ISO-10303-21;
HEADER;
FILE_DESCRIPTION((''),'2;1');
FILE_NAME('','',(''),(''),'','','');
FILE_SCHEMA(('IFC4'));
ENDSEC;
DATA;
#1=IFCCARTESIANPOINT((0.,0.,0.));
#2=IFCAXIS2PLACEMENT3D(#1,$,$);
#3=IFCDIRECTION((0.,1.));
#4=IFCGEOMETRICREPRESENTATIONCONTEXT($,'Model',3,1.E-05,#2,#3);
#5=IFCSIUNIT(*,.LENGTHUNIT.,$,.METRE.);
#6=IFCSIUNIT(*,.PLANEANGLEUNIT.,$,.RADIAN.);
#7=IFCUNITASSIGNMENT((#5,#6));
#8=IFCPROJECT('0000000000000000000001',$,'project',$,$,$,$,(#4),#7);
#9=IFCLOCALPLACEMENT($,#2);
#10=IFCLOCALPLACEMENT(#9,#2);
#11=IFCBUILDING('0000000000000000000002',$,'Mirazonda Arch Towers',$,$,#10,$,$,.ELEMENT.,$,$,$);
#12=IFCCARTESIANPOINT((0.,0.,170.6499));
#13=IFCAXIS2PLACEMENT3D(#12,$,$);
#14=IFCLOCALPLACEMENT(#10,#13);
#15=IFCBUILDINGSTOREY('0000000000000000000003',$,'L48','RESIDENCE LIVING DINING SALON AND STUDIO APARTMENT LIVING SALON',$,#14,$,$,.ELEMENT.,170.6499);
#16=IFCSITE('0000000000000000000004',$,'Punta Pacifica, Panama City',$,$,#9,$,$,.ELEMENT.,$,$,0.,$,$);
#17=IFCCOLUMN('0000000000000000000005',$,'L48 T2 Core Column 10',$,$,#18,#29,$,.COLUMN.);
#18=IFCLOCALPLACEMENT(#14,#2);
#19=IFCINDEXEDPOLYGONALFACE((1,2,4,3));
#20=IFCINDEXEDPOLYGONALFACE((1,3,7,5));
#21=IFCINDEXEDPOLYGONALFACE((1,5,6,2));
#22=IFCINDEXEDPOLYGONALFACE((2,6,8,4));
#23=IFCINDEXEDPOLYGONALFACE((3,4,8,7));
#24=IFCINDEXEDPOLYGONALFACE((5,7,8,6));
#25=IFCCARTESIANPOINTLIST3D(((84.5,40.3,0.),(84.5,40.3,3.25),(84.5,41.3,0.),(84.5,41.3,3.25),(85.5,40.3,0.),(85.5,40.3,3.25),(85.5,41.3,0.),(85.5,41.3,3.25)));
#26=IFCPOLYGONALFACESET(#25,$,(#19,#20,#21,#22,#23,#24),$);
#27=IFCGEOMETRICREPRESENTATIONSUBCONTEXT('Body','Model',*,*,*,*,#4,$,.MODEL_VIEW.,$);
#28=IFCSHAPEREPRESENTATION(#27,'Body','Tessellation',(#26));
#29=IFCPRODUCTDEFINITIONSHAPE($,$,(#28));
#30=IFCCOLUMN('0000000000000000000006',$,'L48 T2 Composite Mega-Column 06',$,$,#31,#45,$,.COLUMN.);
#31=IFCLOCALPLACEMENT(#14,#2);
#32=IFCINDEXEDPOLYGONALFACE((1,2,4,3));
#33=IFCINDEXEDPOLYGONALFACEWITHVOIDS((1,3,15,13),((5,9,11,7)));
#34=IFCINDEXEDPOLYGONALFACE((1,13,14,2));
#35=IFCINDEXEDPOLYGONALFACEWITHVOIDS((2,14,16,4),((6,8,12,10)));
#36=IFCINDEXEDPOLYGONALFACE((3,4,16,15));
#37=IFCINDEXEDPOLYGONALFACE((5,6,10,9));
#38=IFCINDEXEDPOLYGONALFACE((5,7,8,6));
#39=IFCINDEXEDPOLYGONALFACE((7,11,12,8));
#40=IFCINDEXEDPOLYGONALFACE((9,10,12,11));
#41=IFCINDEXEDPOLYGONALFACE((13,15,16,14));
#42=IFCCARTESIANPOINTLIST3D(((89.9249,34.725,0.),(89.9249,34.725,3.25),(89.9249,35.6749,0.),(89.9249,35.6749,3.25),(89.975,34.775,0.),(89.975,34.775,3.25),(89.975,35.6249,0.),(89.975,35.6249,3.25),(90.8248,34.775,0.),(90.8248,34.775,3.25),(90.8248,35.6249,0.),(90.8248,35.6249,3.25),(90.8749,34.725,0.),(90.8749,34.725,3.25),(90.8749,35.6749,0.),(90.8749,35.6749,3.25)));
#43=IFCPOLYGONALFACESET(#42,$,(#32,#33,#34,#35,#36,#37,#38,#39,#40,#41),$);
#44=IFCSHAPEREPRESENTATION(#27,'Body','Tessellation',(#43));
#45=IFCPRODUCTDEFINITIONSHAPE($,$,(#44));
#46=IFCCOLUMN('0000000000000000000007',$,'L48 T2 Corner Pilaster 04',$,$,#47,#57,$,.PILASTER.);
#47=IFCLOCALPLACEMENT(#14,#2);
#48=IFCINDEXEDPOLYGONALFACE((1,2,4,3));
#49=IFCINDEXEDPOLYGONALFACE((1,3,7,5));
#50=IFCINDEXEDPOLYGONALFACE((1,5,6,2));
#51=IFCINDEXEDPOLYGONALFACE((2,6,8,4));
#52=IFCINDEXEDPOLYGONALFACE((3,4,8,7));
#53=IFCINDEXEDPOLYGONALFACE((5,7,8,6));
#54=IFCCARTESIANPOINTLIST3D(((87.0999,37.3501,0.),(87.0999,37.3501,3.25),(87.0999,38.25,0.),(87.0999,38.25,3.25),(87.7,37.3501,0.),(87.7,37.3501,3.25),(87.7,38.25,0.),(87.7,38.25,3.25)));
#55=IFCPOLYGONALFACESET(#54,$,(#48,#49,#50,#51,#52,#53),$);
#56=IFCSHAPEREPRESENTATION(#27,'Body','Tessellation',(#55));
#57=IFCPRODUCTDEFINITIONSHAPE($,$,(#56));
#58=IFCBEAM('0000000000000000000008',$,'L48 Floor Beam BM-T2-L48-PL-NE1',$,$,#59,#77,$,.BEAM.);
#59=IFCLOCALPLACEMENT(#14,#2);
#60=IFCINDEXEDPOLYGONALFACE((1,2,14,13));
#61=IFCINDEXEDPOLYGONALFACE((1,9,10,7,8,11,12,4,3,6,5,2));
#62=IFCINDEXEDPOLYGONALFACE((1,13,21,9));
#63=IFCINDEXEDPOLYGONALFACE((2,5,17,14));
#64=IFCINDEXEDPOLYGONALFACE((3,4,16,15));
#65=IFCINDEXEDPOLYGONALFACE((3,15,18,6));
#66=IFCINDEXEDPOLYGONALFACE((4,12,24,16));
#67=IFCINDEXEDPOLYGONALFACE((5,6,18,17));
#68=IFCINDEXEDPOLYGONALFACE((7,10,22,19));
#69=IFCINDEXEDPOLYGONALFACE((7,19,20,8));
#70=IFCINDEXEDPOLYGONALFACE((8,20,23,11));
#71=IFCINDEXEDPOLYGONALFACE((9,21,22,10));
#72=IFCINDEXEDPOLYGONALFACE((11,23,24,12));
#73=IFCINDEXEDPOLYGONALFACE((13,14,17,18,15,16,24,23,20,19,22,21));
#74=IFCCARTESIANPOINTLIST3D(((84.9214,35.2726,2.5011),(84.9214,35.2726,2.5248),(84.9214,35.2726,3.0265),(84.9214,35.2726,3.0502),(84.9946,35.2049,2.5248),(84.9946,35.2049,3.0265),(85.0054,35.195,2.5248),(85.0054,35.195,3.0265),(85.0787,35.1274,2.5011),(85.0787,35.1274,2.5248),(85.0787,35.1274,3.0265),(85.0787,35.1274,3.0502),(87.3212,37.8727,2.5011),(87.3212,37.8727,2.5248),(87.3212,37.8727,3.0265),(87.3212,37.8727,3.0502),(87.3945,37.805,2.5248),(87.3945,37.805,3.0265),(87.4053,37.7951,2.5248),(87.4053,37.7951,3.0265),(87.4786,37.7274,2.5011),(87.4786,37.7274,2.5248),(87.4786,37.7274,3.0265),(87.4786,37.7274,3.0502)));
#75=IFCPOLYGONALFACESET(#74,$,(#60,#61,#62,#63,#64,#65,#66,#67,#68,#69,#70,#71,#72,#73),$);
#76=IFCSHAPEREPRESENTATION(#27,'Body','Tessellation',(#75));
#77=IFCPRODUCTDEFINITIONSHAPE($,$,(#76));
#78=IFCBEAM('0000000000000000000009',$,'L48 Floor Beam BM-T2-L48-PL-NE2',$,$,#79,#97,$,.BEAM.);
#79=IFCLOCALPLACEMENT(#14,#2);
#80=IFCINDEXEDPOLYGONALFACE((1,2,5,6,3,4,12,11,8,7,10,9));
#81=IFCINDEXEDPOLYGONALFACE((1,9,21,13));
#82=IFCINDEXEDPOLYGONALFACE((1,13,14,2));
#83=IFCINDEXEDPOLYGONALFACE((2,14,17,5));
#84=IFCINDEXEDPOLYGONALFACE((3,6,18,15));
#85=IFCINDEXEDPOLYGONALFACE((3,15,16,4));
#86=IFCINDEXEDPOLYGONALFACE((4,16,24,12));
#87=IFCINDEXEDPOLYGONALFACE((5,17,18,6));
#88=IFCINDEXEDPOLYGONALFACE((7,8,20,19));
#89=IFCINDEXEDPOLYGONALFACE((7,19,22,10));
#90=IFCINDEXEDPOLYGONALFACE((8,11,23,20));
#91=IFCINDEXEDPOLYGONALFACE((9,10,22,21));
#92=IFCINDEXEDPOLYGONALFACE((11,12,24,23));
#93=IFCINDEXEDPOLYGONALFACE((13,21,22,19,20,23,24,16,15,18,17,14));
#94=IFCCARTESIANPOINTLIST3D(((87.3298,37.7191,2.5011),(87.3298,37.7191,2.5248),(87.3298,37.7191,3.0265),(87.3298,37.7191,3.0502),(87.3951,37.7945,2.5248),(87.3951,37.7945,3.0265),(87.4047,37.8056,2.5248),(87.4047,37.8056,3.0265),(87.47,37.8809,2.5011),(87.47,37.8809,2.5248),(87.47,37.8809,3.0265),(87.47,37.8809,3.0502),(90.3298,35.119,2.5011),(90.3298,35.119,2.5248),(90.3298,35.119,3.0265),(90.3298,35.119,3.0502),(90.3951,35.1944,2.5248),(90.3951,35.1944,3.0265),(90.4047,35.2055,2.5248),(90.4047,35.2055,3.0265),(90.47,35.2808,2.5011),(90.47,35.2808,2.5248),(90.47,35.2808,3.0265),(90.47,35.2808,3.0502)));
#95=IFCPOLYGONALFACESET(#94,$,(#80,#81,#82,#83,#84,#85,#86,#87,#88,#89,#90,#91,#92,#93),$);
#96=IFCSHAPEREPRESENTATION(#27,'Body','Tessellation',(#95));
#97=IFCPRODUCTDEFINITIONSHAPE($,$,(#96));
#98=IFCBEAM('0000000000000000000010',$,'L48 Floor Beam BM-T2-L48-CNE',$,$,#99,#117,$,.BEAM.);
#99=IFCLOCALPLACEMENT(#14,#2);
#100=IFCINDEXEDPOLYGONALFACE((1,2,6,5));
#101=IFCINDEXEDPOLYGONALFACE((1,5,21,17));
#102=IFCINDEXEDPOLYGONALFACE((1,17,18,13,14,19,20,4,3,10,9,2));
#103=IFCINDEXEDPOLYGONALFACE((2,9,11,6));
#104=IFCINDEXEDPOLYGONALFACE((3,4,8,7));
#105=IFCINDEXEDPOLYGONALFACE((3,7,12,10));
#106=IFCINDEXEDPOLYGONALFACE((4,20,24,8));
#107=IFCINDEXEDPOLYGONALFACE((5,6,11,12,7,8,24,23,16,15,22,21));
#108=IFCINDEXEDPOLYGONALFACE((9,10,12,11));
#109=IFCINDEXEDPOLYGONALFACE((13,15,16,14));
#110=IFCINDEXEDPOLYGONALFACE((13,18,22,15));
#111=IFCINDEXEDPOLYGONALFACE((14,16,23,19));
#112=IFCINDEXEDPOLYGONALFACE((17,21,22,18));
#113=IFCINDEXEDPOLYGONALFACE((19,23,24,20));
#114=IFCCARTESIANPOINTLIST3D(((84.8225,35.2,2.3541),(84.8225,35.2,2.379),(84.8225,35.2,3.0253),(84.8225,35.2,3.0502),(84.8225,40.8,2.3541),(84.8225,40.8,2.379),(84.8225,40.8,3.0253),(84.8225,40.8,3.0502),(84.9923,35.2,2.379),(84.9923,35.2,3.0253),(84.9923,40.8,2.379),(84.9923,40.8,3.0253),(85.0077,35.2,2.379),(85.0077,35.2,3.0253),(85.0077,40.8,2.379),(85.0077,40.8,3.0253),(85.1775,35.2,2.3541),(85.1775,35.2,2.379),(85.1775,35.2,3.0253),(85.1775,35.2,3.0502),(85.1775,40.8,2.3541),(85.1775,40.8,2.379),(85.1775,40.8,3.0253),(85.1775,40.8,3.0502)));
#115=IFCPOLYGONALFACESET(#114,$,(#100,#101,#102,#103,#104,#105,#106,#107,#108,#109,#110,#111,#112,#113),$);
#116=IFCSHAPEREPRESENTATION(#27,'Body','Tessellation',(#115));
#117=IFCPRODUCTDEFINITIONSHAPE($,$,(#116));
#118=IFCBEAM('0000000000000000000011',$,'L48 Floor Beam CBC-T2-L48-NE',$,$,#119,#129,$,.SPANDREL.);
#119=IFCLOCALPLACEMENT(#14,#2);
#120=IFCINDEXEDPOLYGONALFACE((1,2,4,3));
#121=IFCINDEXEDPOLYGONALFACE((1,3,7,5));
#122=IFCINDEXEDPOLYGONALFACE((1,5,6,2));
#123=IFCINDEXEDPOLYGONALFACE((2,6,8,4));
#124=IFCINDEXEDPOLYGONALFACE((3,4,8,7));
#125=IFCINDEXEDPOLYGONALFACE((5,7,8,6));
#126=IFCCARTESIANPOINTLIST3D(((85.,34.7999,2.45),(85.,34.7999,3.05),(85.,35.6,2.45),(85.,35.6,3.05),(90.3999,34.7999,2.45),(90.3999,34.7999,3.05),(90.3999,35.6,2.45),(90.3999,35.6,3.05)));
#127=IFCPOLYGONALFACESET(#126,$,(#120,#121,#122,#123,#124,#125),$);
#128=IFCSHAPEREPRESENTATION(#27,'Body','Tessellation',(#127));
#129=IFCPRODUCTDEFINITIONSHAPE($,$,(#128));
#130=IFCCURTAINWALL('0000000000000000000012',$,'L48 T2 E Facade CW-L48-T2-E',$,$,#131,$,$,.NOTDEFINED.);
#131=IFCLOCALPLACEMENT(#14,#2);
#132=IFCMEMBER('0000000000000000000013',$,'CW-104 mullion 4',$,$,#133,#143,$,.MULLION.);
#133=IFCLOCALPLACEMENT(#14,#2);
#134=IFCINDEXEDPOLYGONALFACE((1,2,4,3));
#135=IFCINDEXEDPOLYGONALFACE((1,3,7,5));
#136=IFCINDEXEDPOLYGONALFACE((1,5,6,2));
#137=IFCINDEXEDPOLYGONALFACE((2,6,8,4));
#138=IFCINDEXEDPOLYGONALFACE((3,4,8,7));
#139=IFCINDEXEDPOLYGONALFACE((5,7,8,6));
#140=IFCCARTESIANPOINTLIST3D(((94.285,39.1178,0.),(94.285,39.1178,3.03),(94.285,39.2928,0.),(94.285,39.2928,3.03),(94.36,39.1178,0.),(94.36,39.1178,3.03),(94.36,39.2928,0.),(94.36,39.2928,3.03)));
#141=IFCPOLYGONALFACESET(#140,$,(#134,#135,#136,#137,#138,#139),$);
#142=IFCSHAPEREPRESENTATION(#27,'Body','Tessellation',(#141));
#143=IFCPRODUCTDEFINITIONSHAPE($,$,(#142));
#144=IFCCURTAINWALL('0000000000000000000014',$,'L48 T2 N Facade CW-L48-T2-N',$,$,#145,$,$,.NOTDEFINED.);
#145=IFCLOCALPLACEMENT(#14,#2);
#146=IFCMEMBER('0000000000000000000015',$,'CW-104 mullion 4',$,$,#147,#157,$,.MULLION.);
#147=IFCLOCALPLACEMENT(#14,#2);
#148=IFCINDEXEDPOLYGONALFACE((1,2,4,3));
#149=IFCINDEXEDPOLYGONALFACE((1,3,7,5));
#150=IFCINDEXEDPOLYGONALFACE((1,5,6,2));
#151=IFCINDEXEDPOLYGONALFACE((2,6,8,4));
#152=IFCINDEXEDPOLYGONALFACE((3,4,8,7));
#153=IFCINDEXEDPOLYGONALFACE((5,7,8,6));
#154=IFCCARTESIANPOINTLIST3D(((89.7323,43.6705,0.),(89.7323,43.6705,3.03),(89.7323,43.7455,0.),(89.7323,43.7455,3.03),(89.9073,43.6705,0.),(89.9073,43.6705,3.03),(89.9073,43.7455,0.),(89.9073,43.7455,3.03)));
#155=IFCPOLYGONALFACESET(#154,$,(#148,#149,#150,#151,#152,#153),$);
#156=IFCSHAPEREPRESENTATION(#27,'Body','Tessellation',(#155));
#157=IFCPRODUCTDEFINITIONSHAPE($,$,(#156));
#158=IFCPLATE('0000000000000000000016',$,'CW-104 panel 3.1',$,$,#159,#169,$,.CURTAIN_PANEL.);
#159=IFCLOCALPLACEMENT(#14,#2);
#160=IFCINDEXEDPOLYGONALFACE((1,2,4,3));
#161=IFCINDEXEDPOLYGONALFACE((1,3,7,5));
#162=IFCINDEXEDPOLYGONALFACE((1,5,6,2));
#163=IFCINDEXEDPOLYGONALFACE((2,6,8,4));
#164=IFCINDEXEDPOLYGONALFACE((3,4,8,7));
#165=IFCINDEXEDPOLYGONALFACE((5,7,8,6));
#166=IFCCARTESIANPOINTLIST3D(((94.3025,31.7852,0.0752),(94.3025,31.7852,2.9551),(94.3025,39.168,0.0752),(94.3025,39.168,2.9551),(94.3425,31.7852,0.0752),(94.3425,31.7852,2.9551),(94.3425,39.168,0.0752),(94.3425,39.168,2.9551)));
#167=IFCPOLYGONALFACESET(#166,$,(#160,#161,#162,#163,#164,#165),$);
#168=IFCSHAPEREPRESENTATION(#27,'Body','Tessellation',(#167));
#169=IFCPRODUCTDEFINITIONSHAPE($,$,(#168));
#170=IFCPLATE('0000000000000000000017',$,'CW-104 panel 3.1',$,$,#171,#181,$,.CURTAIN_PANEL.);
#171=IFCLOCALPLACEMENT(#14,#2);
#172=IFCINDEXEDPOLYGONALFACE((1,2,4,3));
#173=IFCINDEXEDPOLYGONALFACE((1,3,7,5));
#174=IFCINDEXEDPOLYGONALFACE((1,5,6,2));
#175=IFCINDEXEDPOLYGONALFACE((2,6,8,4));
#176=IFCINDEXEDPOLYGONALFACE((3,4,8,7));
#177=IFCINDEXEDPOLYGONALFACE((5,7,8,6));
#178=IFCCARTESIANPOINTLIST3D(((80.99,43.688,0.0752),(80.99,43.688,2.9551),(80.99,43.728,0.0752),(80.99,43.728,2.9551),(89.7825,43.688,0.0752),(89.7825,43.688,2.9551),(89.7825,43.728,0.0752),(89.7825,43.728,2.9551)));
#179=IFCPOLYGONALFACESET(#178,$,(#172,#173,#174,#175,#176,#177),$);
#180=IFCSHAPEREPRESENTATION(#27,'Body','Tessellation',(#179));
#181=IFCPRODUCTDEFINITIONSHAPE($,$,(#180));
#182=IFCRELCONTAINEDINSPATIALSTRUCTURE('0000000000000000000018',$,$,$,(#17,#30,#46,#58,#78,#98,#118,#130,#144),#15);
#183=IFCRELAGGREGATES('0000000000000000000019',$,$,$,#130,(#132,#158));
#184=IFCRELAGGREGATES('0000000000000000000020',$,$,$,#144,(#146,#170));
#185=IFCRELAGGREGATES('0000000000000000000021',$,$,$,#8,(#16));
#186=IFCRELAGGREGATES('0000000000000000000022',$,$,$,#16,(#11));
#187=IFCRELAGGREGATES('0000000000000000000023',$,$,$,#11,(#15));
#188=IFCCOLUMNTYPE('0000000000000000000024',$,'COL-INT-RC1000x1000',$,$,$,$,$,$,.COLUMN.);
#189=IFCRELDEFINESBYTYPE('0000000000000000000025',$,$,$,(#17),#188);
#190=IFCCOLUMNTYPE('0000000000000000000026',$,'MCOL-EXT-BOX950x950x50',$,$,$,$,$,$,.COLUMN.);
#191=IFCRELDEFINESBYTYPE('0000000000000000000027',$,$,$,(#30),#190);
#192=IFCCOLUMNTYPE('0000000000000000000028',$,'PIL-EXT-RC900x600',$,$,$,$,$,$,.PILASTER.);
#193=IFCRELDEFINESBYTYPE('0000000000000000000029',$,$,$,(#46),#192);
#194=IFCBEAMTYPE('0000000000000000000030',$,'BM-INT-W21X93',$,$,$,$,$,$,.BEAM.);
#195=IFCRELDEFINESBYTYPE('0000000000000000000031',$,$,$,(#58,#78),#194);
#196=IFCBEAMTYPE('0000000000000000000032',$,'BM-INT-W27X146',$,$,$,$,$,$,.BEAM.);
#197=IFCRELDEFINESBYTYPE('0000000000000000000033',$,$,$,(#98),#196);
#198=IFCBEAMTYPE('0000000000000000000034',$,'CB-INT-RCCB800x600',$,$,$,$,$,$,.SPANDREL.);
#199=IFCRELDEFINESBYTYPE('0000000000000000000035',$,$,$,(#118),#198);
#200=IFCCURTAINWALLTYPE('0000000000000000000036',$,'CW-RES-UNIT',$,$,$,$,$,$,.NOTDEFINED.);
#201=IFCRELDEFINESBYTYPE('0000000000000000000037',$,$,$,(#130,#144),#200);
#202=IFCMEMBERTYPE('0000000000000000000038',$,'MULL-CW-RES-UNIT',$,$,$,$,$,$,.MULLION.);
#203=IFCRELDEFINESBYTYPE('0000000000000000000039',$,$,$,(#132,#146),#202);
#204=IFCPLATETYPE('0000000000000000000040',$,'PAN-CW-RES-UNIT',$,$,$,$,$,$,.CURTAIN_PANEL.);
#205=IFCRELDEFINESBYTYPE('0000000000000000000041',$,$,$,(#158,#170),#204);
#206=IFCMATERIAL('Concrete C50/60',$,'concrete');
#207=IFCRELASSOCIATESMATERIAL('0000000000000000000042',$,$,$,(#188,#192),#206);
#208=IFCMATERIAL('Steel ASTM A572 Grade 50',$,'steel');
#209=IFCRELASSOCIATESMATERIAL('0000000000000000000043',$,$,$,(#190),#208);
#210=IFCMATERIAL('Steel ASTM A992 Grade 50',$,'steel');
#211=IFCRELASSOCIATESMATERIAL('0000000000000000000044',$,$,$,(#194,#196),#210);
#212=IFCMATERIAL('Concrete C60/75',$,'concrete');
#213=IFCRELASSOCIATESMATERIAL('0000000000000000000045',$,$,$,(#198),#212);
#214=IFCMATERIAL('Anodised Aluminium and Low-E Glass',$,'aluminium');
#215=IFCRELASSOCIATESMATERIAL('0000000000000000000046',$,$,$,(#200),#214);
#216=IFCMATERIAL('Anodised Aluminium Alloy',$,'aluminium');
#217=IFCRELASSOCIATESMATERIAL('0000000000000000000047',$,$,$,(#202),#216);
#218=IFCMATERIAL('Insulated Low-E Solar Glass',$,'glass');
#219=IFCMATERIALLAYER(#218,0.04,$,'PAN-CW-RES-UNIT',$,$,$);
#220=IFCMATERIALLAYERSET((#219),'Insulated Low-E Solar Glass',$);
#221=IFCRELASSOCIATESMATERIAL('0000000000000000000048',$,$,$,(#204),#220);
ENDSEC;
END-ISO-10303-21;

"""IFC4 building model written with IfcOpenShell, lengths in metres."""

from ifc_helpers import new_model, si_unit, direction, frame, origin, origin_2d, place, context, subcontext, project, spatial, rectangle, hollow_rectangle, i_section, extrude, material, layer, layer_set, material_profile, profile_set, type_object, element, aggregate, save


model = new_model("IFC4")

# Units and contexts
model_context = context("Model", 3, precision=1e-05, world=origin(), true_north=direction((0.0, 1.0)))
body_context = subcontext(model_context, "Body", "Model", "MODEL_VIEW")
ifc_project = project(units=[si_unit("LENGTHUNIT", "METRE"), si_unit("PLANEANGLEUNIT", "RADIAN")], contexts=[model_context])

# Site, building, storey
site_placement = place(None, origin())
site = spatial("IfcSite", under=ifc_project, at=site_placement, Name="Punta Pacifica, Panama City", CompositionType="ELEMENT", RefElevation=0.0)
building_placement = place(site_placement, origin())
building = spatial("IfcBuilding", under=site, at=building_placement, Name="Mirazonda Arch Towers", CompositionType="ELEMENT")
storey_placement = place(building_placement, frame((0.0, 0.0, 170.6499)))
storey = spatial("IfcBuildingStorey", under=building, at=storey_placement, Name="L48", Description="RESIDENCE LIVING DINING SALON AND STUDIO APARTMENT LIVING SALON", CompositionType="ELEMENT", Elevation=170.6499)

# Columns
ifc_material_1 = material(Name="Concrete C50/60", Category="concrete")
ifc_material_profile_1 = material_profile(ifc_material_1, rectangle(XDim=1.0, YDim=1.0, at=origin_2d()), Name="RC1000x1000")
ifc_profile_set_1 = profile_set([ifc_material_profile_1], Name="Concrete C50/60")
column_type_1 = type_object("IfcColumnType", Name="COL-INT-RC1000x1000", PredefinedType="COLUMN", material=ifc_profile_set_1)
column_1_placement = place(storey_placement, frame((85.0, 40.8, 0.0), z_axis=(0.0, 0.0, 1.0), x_axis=(1.0, 0.0, 0.0)))
element("IfcColumn", 1, at=column_1_placement, inside=storey, type_object=column_type_1, Name="L48 T2 Core Column 10", PredefinedType="COLUMN", context=body_context, shape_type="SweptSolid", body=[
    extrude(rectangle(XDim=1.0, YDim=1.0, at=origin_2d()), origin(), (0.0, 0.0, 1.0), 3.25),
])
ifc_material_2 = material(Name="Steel ASTM A572 Grade 50", Category="steel")
ifc_material_profile_2 = material_profile(ifc_material_2, hollow_rectangle(XDim=0.95, YDim=0.95, WallThickness=0.05, at=origin_2d()), Name="BOX950x950x50")
ifc_profile_set_2 = profile_set([ifc_material_profile_2], Name="Steel ASTM A572 Grade 50")
column_type_2 = type_object("IfcColumnType", Name="MCOL-EXT-BOX950x950x50", PredefinedType="COLUMN", material=ifc_profile_set_2)
column_2_placement = place(storey_placement, frame((90.3999, 35.2, 0.0), z_axis=(0.0, 0.0, 1.0), x_axis=(1.0, 0.0, 0.0)))
element("IfcColumn", 2, at=column_2_placement, inside=storey, type_object=column_type_2, Name="L48 T2 Composite Mega-Column 06", PredefinedType="COLUMN", context=body_context, shape_type="SweptSolid", body=[
    extrude(hollow_rectangle(XDim=0.95, YDim=0.95, WallThickness=0.05, at=origin_2d()), origin(), (0.0, 0.0, 1.0), 3.25),
])
ifc_material_profile_3 = material_profile(ifc_material_1, rectangle(XDim=0.6001, YDim=0.8999, at=origin_2d()), Name="RC900x600")
ifc_profile_set_3 = profile_set([ifc_material_profile_3], Name="Concrete C50/60")
column_type_3 = type_object("IfcColumnType", Name="PIL-EXT-RC900x600", PredefinedType="PILASTER", material=ifc_profile_set_3)
column_3_placement = place(storey_placement, frame((87.3999, 37.8, 0.0), z_axis=(0.0, 0.0, 1.0), x_axis=(1.0, 0.0, 0.0)))
element("IfcColumn", 3, at=column_3_placement, inside=storey, type_object=column_type_3, Name="L48 T2 Corner Pilaster 04", PredefinedType="PILASTER", context=body_context, shape_type="SweptSolid", body=[
    extrude(rectangle(XDim=0.6001, YDim=0.8999, at=origin_2d()), origin(), (0.0, 0.0, 1.0), 3.25),
])

# Beams
ifc_material_3 = material(Name="Steel ASTM A992 Grade 50", Category="steel")
ifc_material_profile_4 = material_profile(ifc_material_3, i_section(OverallWidth=0.2141, OverallDepth=0.5491, WebThickness=0.0146, FlangeThickness=0.0237, at=origin_2d()), Name="W21X93")
ifc_profile_set_4 = profile_set([ifc_material_profile_4], Name="Steel ASTM A992 Grade 50")
beam_type_1 = type_object("IfcBeamType", Name="BM-INT-W21X93", PredefinedType="BEAM", material=ifc_profile_set_4)
beam_1_placement = place(storey_placement, frame((87.3999, 37.8, 2.7756), z_axis=(-0.678251, -0.73483, 0.0), x_axis=(0.73483, -0.678251, 0.0)))
element("IfcBeam", 4, at=beam_1_placement, inside=storey, type_object=beam_type_1, Name="L48 Floor Beam BM-T2-L48-PL-NE1", PredefinedType="BEAM", context=body_context, shape_type="SweptSolid", body=[
    extrude(i_section(OverallWidth=0.2141, OverallDepth=0.5491, WebThickness=0.0146, FlangeThickness=0.0237, at=origin_2d()), origin(), (0.0, 0.0, 1.0), 3.5383),
])
beam_2_placement = place(storey_placement, frame((87.3999, 37.8, 2.7756), z_axis=(0.755677, -0.654945, 0.0), x_axis=(0.654945, 0.755677, 0.0)))
element("IfcBeam", 5, at=beam_2_placement, inside=storey, type_object=beam_type_1, Name="L48 Floor Beam BM-T2-L48-PL-NE2", PredefinedType="BEAM", context=body_context, shape_type="SweptSolid", body=[
    extrude(i_section(OverallWidth=0.2141, OverallDepth=0.5491, WebThickness=0.0146, FlangeThickness=0.0237, at=origin_2d()), origin(), (0.0, 0.0, 1.0), 3.97),
])
ifc_material_profile_5 = material_profile(ifc_material_3, i_section(OverallWidth=0.355, OverallDepth=0.696, WebThickness=0.0154, FlangeThickness=0.0249, at=origin_2d()), Name="W27X146")
ifc_profile_set_5 = profile_set([ifc_material_profile_5], Name="Steel ASTM A992 Grade 50")
beam_type_2 = type_object("IfcBeamType", Name="BM-INT-W27X146", PredefinedType="BEAM", material=ifc_profile_set_5)
beam_3_placement = place(storey_placement, frame((85.0, 35.2, 2.7021), z_axis=(0.0, 1.0, 0.0), x_axis=(-1.0, 0.0, 0.0)))
element("IfcBeam", 6, at=beam_3_placement, inside=storey, type_object=beam_type_2, Name="L48 Floor Beam BM-T2-L48-CNE", PredefinedType="BEAM", context=body_context, shape_type="SweptSolid", body=[
    extrude(i_section(OverallWidth=0.355, OverallDepth=0.696, WebThickness=0.0154, FlangeThickness=0.0249, at=origin_2d()), origin(), (0.0, 0.0, 1.0), 5.6001),
])
ifc_material_4 = material(Name="Concrete C60/75", Category="concrete")
ifc_material_profile_6 = material_profile(ifc_material_4, rectangle(XDim=0.8, YDim=0.6001, at=origin_2d()), Name="RCCB800x600")
ifc_profile_set_6 = profile_set([ifc_material_profile_6], Name="Concrete C60/75")
beam_type_3 = type_object("IfcBeamType", Name="CB-INT-RCCB800x600", PredefinedType="SPANDREL", material=ifc_profile_set_6)
beam_4_placement = place(storey_placement, frame((85.0, 35.2, 2.75), z_axis=(1.0, 0.0, 0.0), x_axis=(0.0, 1.0, 0.0)))
element("IfcBeam", 7, at=beam_4_placement, inside=storey, type_object=beam_type_3, Name="L48 Floor Beam CBC-T2-L48-NE", PredefinedType="SPANDREL", context=body_context, shape_type="SweptSolid", body=[
    extrude(rectangle(XDim=0.8, YDim=0.6001, at=origin_2d()), origin(), (0.0, 0.0, 1.0), 5.3999),
])

# Curtain walls, members
ifc_material_5 = material(Name="Anodised Aluminium and Low-E Glass", Category="aluminium")
curtain_wall_type = type_object("IfcCurtainWallType", Name="CW-RES-UNIT", PredefinedType="NOTDEFINED", material=ifc_material_5)
curtain_wall_1_placement = place(storey_placement, origin())
curtain_wall_1 = element("IfcCurtainWall", 8, at=curtain_wall_1_placement, inside=storey, type_object=curtain_wall_type, Name="L48 T2 E Facade CW-L48-T2-E", PredefinedType="NOTDEFINED")
ifc_material_6 = material(Name="Anodised Aluminium Alloy", Category="aluminium")
ifc_material_profile_7 = material_profile(ifc_material_6, rectangle(XDim=0.075, YDim=0.175, at=origin_2d()), Name="ALU-MULL-75x175")
ifc_profile_set_7 = profile_set([ifc_material_profile_7], Name="Anodised Aluminium Alloy")
member_type = type_object("IfcMemberType", Name="MULL-CW-RES-UNIT", PredefinedType="MULLION", material=ifc_profile_set_7)
member_1_placement = place(storey_placement, frame((94.3225, 39.2053, 0.0), z_axis=(0.0, 0.0, 1.0), x_axis=(-1.0, 0.0, 0.0)))
member_1 = element("IfcMember", 9, at=member_1_placement, type_object=member_type, Name="CW-104 mullion 4", PredefinedType="MULLION", context=body_context, shape_type="SweptSolid", body=[
    extrude(rectangle(XDim=0.075, YDim=0.175, at=origin_2d()), origin(), (0.0, 0.0, 1.0), 3.03),
])
curtain_wall_2_placement = place(storey_placement, origin())
curtain_wall_2 = element("IfcCurtainWall", 10, at=curtain_wall_2_placement, inside=storey, type_object=curtain_wall_type, Name="L48 T2 N Facade CW-L48-T2-N", PredefinedType="NOTDEFINED")
member_2_placement = place(storey_placement, frame((89.8198, 43.708, 0.0), z_axis=(0.0, 0.0, 1.0), x_axis=(0.0, 1.0, 0.0)))
member_2 = element("IfcMember", 11, at=member_2_placement, type_object=member_type, Name="CW-104 mullion 4", PredefinedType="MULLION", context=body_context, shape_type="SweptSolid", body=[
    extrude(rectangle(XDim=0.075, YDim=0.175, at=origin_2d()), origin(), (0.0, 0.0, 1.0), 3.03),
])

# Plates
ifc_material_7 = material(Name="Insulated Low-E Solar Glass", Category="glass")
ifc_layer_1 = layer(ifc_material_7, 0.04, Name="PAN-CW-RES-UNIT")
ifc_layer_set_1 = layer_set([ifc_layer_1], Name="Insulated Low-E Solar Glass")
plate_type = type_object("IfcPlateType", Name="PAN-CW-RES-UNIT", PredefinedType="CURTAIN_PANEL", material=ifc_layer_set_1)
plate_1_placement = place(storey_placement, frame((94.3225, 35.4766, 0.0752), z_axis=(0.0, 0.0, 1.0), x_axis=(0.0, 1.0, 0.0)))
plate_1 = element("IfcPlate", 12, at=plate_1_placement, type_object=plate_type, Name="CW-104 panel 3.1", PredefinedType="CURTAIN_PANEL", context=body_context, shape_type="SweptSolid", body=[
    extrude(rectangle(XDim=7.3828, YDim=0.04, at=origin_2d()), origin(), (0.0, 0.0, 1.0), 2.8799),
])
aggregate(curtain_wall_1, [member_1, plate_1])
plate_2_placement = place(storey_placement, frame((85.3862, 43.708, 0.0752), z_axis=(0.0, 0.0, 1.0), x_axis=(1.0, 0.0, 0.0)))
plate_2 = element("IfcPlate", 13, at=plate_2_placement, type_object=plate_type, Name="CW-104 panel 3.1", PredefinedType="CURTAIN_PANEL", context=body_context, shape_type="SweptSolid", body=[
    extrude(rectangle(XDim=8.7925, YDim=0.04, at=origin_2d()), origin(), (0.0, 0.0, 1.0), 2.8799),
])
aggregate(curtain_wall_2, [member_2, plate_2])

save(model, "model.ifc")
